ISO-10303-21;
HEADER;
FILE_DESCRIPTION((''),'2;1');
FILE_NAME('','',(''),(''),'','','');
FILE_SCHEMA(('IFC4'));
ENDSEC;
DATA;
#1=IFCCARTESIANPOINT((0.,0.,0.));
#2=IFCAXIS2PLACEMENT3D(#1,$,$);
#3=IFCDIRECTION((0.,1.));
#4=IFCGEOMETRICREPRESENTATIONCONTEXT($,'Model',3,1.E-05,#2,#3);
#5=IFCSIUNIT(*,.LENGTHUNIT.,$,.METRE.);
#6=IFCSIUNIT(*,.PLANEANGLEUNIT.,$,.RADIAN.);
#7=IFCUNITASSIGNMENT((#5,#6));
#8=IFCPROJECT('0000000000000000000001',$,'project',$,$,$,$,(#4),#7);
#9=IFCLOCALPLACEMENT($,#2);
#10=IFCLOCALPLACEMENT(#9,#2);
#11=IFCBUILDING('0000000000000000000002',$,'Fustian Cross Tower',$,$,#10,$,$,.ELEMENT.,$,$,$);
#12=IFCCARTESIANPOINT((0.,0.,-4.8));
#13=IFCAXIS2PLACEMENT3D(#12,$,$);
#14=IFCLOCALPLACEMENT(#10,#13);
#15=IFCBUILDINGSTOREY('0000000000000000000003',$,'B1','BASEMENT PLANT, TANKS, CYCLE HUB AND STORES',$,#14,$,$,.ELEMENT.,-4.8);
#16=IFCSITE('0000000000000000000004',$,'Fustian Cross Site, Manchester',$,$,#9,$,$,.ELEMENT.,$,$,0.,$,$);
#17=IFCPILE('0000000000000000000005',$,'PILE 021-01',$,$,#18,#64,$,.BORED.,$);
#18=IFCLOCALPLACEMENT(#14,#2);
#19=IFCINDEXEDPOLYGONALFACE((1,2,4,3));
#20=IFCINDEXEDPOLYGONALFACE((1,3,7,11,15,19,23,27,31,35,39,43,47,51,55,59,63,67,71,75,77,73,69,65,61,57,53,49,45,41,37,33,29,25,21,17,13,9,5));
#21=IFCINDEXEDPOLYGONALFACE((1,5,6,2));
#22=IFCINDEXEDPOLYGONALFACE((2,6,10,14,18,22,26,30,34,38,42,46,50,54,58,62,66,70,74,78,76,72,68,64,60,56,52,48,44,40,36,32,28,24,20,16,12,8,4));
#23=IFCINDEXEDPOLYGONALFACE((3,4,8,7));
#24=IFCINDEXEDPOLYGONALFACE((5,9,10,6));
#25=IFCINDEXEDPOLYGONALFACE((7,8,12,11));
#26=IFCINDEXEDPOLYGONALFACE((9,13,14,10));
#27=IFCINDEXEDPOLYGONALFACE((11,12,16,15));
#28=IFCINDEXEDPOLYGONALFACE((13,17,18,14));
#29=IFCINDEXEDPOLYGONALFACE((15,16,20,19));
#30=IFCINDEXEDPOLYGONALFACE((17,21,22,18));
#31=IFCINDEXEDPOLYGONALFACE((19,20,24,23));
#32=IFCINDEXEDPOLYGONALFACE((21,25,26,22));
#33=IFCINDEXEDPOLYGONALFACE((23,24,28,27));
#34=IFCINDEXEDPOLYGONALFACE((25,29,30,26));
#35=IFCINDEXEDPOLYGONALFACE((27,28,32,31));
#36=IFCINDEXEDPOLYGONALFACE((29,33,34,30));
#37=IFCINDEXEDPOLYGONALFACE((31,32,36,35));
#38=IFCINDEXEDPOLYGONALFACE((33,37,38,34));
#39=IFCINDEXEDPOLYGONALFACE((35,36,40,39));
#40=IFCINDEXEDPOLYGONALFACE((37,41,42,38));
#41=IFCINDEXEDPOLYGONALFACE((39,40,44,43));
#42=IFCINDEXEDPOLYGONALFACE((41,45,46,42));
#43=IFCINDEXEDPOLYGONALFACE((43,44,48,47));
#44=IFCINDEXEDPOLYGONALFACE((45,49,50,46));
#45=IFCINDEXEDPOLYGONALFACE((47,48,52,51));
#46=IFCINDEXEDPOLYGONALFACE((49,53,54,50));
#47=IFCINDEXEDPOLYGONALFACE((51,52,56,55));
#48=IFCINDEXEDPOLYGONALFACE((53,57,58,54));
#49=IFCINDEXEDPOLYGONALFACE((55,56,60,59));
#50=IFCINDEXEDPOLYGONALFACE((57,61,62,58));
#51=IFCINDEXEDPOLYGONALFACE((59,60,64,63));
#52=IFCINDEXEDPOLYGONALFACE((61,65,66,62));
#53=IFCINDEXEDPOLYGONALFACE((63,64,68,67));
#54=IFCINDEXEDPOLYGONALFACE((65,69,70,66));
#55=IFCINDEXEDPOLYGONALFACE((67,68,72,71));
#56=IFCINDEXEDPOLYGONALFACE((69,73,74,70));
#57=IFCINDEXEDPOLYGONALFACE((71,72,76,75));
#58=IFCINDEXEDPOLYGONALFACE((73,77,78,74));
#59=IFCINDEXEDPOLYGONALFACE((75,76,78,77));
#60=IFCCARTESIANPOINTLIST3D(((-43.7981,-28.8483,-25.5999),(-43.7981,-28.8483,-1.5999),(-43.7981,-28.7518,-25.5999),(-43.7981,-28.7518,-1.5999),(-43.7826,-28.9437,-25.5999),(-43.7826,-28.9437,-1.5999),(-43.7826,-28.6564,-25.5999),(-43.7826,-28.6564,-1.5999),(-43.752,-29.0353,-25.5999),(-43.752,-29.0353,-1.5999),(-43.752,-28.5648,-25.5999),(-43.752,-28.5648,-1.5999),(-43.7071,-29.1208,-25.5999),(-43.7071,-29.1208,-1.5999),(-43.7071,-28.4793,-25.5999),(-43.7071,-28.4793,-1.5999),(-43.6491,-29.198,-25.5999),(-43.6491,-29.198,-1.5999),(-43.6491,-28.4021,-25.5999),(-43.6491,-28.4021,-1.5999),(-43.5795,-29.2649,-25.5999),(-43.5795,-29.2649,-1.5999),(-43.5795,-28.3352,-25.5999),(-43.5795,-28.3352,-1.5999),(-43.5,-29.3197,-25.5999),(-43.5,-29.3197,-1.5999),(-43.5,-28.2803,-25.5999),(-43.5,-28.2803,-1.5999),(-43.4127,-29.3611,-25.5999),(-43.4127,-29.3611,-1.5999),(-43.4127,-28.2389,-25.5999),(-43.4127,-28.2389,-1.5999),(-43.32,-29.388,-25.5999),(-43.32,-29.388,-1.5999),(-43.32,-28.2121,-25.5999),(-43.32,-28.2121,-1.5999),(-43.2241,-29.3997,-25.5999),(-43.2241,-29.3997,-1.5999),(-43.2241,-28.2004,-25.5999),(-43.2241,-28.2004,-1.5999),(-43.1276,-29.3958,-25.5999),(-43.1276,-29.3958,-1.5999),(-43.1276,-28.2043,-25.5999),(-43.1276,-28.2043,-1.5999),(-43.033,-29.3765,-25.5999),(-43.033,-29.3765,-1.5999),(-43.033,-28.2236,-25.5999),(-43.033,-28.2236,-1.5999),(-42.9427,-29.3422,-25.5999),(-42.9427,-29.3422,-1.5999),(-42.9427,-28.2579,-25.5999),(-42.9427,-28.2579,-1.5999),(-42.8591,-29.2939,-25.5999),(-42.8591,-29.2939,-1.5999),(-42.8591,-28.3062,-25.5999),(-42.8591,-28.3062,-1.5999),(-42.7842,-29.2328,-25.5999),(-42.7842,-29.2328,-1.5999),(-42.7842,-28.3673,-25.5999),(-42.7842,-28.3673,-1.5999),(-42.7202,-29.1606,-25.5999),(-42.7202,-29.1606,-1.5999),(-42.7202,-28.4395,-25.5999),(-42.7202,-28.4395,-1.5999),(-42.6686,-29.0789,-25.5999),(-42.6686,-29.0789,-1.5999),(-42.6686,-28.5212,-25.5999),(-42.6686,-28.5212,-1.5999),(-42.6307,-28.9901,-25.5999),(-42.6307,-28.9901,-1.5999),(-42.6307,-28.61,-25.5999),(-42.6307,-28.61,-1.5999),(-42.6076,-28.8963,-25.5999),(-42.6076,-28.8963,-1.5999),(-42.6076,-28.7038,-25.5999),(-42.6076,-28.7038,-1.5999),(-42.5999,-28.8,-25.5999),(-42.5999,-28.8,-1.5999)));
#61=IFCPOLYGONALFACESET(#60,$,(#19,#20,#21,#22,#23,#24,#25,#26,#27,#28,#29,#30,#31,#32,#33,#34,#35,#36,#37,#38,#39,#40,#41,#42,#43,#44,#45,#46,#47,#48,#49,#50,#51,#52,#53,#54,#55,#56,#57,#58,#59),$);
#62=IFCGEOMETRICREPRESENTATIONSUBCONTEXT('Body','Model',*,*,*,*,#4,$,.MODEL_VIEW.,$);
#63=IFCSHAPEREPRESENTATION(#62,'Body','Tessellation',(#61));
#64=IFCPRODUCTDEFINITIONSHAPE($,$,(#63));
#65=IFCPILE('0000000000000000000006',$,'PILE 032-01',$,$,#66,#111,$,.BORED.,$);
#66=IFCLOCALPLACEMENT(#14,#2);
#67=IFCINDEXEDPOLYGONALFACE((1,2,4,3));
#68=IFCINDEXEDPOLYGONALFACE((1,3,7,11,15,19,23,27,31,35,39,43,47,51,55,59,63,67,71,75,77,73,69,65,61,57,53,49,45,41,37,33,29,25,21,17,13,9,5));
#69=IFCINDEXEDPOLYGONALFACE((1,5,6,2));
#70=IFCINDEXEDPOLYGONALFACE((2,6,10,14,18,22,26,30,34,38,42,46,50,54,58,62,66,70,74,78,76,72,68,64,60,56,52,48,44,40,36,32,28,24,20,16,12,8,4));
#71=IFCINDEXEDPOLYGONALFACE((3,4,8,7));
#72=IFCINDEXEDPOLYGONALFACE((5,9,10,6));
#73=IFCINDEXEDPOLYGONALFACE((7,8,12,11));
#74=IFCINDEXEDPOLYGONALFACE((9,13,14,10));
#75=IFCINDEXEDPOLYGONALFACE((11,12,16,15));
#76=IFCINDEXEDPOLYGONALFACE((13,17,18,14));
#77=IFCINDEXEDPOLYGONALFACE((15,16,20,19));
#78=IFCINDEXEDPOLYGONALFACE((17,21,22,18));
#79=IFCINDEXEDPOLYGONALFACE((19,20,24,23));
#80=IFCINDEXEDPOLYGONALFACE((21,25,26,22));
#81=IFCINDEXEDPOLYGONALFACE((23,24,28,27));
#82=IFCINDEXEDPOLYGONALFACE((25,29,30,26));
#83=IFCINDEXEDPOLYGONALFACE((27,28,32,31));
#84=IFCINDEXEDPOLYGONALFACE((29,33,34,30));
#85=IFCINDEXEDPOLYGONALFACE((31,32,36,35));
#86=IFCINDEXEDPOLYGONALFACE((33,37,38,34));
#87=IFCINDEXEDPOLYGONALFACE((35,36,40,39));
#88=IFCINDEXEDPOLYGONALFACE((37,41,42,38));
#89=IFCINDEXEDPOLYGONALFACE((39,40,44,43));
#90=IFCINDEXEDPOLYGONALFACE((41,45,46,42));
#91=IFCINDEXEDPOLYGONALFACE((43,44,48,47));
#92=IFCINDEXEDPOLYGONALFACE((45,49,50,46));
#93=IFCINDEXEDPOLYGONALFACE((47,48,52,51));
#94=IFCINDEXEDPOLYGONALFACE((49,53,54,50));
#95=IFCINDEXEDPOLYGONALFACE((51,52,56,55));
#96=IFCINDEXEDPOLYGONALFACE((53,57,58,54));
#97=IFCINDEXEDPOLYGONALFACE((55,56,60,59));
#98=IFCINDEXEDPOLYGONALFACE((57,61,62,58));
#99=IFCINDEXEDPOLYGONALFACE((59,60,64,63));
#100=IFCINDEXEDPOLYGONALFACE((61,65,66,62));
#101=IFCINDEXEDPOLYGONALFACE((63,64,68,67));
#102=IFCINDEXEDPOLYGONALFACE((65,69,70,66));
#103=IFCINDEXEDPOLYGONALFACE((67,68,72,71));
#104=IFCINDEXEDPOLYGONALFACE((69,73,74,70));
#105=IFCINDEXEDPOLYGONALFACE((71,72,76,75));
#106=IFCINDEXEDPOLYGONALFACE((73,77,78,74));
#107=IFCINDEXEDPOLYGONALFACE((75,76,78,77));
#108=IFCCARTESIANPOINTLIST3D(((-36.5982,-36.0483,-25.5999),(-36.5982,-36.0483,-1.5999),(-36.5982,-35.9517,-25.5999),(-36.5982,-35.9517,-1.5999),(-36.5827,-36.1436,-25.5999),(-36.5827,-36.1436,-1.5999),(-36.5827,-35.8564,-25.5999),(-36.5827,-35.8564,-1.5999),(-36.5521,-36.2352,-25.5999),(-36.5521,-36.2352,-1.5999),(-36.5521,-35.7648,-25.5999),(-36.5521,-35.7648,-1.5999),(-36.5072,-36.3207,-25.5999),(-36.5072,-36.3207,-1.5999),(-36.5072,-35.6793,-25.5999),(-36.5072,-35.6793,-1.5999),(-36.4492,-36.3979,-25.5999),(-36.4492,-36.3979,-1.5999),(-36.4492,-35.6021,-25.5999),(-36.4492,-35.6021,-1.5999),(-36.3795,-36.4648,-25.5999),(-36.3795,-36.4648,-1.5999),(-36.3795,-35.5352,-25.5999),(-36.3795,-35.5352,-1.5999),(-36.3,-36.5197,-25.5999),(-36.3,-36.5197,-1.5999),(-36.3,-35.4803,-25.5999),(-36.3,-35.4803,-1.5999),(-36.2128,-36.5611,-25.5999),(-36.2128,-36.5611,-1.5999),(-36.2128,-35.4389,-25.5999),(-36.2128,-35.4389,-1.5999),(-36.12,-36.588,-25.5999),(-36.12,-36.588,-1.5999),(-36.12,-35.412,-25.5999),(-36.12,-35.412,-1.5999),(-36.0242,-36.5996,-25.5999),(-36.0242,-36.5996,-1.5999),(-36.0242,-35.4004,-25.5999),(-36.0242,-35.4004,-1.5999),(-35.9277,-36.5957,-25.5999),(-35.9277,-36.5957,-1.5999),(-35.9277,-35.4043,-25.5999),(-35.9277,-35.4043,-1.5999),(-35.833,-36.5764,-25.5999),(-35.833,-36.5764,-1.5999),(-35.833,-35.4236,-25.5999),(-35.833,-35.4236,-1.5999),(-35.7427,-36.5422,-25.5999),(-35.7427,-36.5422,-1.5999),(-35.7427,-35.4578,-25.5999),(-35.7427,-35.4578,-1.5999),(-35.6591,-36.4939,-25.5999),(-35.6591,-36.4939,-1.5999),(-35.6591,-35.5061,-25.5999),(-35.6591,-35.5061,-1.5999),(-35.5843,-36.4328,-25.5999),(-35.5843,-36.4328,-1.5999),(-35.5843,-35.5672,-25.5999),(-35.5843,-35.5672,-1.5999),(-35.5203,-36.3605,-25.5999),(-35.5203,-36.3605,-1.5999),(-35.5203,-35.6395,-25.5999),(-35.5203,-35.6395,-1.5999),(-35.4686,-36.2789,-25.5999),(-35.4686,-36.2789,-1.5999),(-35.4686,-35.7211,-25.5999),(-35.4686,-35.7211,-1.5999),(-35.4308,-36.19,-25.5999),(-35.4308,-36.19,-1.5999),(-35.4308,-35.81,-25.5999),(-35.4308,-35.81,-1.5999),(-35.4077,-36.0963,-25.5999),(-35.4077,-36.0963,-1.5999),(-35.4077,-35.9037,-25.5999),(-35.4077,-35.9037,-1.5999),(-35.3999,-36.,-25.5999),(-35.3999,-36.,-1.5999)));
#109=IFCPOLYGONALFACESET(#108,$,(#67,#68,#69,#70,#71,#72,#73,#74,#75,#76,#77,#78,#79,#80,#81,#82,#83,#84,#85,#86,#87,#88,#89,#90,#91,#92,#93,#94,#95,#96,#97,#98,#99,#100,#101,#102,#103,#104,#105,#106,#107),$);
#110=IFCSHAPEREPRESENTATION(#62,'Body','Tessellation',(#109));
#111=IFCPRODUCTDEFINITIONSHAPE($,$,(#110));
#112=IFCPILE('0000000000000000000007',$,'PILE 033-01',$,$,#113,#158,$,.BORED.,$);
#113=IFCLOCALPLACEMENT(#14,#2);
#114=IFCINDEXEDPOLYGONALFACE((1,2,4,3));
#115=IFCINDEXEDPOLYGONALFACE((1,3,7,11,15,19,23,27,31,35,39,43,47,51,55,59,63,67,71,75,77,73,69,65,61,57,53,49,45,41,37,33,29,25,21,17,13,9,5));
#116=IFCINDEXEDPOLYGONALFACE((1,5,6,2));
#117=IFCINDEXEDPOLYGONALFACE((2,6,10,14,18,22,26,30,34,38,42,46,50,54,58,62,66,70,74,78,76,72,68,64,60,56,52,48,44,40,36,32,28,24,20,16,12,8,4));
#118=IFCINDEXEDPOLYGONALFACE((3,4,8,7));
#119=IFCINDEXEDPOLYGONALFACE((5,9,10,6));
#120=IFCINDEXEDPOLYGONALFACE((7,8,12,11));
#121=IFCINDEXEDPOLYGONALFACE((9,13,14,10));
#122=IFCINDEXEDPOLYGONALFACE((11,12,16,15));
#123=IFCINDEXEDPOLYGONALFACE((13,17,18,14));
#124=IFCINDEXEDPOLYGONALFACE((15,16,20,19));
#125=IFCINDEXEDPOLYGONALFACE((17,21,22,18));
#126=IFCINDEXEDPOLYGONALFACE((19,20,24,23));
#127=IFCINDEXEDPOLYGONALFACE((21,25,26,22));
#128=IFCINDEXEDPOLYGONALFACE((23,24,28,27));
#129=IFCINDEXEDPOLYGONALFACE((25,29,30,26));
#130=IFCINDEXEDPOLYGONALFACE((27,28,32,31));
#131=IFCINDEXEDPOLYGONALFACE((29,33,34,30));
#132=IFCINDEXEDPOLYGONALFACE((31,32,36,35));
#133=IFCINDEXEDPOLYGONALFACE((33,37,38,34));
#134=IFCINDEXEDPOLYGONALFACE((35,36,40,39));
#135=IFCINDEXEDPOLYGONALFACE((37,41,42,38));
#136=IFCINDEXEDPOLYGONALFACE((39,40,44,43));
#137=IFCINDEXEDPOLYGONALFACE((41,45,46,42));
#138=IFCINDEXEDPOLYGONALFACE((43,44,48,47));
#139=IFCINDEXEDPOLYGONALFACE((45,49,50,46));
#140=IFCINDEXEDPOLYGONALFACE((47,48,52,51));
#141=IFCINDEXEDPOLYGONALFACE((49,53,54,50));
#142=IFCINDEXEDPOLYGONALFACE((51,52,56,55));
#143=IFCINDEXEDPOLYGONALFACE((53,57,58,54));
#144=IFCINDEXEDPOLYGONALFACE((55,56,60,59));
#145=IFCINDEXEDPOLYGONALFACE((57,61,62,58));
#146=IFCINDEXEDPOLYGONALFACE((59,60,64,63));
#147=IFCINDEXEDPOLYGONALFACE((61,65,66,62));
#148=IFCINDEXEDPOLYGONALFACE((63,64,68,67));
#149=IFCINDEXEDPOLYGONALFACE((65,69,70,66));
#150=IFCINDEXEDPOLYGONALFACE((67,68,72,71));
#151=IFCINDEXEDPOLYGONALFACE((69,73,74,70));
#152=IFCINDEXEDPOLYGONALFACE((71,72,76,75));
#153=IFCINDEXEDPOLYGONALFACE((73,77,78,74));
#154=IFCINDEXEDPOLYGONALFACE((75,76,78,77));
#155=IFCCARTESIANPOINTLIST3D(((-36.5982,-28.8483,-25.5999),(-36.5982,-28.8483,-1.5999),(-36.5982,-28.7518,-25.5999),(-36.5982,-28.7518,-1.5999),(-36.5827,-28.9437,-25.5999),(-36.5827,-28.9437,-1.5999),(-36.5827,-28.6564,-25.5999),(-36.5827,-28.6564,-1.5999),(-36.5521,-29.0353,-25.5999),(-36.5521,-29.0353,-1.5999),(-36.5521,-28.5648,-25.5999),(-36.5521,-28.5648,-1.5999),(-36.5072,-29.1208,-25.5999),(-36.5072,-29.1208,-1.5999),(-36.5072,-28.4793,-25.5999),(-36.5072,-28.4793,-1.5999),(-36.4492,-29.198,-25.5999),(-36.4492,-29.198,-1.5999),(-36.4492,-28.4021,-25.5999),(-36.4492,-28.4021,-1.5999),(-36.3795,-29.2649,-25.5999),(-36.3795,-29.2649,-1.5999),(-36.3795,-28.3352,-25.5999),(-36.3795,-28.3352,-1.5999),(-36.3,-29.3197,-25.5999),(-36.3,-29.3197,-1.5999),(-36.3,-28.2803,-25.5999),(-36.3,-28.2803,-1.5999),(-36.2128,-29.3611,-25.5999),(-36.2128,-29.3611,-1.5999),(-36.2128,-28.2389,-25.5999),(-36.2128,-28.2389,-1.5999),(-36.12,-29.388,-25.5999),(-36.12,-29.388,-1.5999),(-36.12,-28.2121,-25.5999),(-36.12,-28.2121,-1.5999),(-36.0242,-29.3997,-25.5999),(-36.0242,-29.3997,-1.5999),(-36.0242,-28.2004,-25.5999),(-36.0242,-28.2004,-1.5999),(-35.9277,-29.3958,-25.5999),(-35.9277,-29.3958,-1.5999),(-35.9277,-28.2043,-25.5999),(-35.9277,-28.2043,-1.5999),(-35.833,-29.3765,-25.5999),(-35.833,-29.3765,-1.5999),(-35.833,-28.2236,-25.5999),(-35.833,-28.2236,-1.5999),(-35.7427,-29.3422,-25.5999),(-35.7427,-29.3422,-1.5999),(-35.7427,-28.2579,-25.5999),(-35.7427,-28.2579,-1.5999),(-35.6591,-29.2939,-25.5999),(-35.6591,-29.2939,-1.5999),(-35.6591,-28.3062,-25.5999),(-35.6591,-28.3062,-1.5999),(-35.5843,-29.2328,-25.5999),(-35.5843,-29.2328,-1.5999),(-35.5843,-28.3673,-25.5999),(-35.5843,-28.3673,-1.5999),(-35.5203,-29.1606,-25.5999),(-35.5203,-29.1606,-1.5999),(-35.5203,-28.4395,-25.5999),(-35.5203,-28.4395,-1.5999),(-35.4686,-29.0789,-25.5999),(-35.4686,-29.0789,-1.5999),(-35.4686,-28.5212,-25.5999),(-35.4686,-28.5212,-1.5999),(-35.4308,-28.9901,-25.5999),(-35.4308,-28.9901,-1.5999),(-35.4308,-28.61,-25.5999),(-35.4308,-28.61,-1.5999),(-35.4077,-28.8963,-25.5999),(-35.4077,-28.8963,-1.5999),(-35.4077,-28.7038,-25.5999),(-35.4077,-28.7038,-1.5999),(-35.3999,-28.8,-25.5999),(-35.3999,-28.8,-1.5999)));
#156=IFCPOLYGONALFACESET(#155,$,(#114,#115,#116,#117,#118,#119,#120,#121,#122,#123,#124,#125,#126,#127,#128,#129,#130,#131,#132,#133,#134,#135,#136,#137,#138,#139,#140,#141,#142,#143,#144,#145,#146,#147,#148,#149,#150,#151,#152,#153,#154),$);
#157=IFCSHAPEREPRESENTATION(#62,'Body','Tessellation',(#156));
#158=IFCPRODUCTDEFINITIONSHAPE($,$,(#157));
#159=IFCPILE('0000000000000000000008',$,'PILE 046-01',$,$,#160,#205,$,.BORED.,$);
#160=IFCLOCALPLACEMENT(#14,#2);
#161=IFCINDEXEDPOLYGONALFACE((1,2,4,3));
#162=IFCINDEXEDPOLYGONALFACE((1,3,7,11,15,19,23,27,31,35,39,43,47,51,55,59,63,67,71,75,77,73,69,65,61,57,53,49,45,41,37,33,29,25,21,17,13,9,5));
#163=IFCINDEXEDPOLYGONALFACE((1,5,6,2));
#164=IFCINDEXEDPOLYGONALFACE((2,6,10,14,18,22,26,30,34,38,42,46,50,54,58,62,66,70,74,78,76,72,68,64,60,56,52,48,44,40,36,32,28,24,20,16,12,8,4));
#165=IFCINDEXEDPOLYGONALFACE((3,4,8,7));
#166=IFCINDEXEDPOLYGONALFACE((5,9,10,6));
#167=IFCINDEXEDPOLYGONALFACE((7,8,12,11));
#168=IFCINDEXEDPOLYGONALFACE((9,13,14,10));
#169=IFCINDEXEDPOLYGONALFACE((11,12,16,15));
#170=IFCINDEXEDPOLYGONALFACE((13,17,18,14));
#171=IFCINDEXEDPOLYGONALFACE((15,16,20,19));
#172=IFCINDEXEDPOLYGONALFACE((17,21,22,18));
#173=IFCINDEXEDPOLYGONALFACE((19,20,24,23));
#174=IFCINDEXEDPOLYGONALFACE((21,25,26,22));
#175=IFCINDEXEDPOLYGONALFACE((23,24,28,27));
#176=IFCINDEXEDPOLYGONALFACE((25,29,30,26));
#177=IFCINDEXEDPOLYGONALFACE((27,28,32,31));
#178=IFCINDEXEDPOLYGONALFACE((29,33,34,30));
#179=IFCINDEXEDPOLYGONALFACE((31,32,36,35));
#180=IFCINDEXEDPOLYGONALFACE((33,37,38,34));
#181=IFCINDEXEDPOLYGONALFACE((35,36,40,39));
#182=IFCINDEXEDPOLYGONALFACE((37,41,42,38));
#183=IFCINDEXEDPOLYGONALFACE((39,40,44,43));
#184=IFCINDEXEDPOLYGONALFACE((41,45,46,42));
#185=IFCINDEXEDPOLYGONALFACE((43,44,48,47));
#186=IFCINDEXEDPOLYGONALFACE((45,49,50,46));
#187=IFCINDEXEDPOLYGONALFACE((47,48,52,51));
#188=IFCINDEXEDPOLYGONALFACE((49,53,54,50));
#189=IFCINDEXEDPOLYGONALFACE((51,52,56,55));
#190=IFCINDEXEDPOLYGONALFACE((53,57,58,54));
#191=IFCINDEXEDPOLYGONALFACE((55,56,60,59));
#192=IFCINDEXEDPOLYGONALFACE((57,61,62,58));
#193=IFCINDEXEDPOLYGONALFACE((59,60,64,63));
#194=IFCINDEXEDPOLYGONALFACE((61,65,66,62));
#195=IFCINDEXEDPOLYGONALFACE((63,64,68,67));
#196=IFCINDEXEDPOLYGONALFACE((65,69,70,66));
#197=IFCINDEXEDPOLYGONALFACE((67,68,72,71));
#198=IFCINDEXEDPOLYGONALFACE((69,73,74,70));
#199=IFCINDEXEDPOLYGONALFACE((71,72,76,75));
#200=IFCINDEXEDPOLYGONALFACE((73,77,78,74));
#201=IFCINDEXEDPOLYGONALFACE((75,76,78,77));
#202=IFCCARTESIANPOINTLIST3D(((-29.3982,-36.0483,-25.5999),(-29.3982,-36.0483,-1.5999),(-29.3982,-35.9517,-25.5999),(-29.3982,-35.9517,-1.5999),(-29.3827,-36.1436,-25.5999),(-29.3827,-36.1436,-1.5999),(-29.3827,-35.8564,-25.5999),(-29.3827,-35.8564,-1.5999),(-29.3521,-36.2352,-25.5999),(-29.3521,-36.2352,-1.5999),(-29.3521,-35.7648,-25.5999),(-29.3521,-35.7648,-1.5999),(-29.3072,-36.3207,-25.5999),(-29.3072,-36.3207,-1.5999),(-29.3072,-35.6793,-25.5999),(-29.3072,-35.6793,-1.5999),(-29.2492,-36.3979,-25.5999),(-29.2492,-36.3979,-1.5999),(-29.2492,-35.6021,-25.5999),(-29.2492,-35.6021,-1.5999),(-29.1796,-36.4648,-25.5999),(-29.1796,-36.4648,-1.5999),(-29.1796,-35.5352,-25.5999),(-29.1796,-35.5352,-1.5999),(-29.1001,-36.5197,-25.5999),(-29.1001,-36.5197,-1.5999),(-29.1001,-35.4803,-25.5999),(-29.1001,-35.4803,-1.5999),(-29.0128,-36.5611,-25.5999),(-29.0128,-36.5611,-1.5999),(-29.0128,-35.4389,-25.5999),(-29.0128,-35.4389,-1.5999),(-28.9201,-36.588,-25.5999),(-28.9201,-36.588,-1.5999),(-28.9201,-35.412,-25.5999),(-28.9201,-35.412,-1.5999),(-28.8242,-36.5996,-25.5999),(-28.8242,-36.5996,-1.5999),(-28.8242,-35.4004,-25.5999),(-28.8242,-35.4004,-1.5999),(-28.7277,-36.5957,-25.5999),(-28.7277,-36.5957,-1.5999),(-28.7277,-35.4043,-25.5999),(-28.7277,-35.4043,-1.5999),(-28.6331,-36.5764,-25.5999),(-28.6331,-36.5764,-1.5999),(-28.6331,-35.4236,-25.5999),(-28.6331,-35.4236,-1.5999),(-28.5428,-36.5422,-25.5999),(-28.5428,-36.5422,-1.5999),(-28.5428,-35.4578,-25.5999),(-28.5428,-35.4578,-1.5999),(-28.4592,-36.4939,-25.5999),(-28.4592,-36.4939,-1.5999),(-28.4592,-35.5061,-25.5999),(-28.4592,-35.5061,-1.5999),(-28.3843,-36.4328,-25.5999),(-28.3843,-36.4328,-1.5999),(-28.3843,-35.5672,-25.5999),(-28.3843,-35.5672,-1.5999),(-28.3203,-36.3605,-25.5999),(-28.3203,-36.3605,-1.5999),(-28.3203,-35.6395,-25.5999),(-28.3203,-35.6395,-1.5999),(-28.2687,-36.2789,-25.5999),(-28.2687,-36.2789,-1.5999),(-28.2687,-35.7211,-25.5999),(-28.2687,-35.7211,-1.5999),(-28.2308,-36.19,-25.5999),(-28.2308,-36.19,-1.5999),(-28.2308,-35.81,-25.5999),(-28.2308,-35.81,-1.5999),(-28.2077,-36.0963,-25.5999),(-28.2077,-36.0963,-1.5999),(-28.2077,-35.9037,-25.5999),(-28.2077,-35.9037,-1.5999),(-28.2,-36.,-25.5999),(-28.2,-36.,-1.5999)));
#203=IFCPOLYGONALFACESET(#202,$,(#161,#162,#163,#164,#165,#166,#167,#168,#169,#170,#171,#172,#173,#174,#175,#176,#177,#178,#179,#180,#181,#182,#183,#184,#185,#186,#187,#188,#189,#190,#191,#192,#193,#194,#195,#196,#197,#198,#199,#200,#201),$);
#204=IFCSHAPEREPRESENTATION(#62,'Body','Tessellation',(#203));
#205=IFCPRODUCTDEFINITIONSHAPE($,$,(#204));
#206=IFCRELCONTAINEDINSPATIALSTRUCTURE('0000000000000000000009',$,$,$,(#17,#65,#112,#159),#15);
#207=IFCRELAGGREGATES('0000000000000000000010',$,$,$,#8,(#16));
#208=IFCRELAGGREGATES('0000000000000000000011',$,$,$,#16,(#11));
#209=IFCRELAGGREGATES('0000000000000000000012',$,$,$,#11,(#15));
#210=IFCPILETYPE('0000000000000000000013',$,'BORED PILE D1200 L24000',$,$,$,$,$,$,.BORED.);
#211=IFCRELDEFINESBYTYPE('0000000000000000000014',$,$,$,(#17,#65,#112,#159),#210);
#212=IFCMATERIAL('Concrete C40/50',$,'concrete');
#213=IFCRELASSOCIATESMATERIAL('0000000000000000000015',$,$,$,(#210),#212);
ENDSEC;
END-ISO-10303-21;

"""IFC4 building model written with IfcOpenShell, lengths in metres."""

from ifc_helpers import new_model, si_unit, direction, frame, origin, origin_2d, place, context, subcontext, project, spatial, circle, extrude, material, material_profile, profile_set, type_object, element, save


model = new_model("IFC4")

# Units and contexts
model_context = context("Model", 3, precision=1e-05, world=origin(), true_north=direction((0.0, 1.0)))
body_context = subcontext(model_context, "Body", "Model", "MODEL_VIEW")
ifc_project = project(units=[si_unit("LENGTHUNIT", "METRE"), si_unit("PLANEANGLEUNIT", "RADIAN")], contexts=[model_context])

# Site, building, storey
site_placement = place(None, origin())
site = spatial("IfcSite", under=ifc_project, at=site_placement, Name="Fustian Cross Site, Manchester", CompositionType="ELEMENT", RefElevation=0.0)
building_placement = place(site_placement, origin())
building = spatial("IfcBuilding", under=site, at=building_placement, Name="Fustian Cross Tower", CompositionType="ELEMENT")
storey_placement = place(building_placement, frame((0.0, 0.0, -4.8)))
storey = spatial("IfcBuildingStorey", under=building, at=storey_placement, Name="B1", Description="BASEMENT PLANT, TANKS, CYCLE HUB AND STORES", CompositionType="ELEMENT", Elevation=-4.8)

# Piles
ifc_material_1 = material(Name="Concrete C40/50", Category="concrete")
ifc_material_profile_1 = material_profile(ifc_material_1, circle(Radius=0.6001, at=origin_2d()), Name="BORED PILE D1200 L24000")
ifc_profile_set_1 = profile_set([ifc_material_profile_1], Name="Concrete C40/50")
pile_type = type_object("IfcPileType", Name="BORED PILE D1200 L24000", PredefinedType="BORED", material=ifc_profile_set_1)
for number, where, z_axis, x_axis, name in (
    (1, (-43.2, -28.8, -1.5999), (0.0, 0.0, -1.0), (1.0, 0.0, 0.0), "PILE 021-01"),
    (2, (-36.0, -36.0, -1.5999), (0.0, 0.0, -1.0), (1.0, 0.0, 0.0), "PILE 032-01"),
    (3, (-36.0, -28.8, -1.5999), (0.0, 0.0, -1.0), (1.0, 0.0, 0.0), "PILE 033-01"),
    (4, (-28.8, -36.0, -1.5999), (0.0, 0.0, -1.0), (1.0, 0.0, 0.0), "PILE 046-01"),
):
    element("IfcPile", number, at=place(storey_placement, frame(where, z_axis=z_axis, x_axis=x_axis)), inside=storey, type_object=pile_type, Name=name, PredefinedType="BORED", context=body_context, shape_type="SweptSolid", body=[
        extrude(circle(Radius=0.6001, at=origin_2d()), origin(), (0.0, 0.0, 1.0), 24.0),
    ])

save(model, "model.ifc")
